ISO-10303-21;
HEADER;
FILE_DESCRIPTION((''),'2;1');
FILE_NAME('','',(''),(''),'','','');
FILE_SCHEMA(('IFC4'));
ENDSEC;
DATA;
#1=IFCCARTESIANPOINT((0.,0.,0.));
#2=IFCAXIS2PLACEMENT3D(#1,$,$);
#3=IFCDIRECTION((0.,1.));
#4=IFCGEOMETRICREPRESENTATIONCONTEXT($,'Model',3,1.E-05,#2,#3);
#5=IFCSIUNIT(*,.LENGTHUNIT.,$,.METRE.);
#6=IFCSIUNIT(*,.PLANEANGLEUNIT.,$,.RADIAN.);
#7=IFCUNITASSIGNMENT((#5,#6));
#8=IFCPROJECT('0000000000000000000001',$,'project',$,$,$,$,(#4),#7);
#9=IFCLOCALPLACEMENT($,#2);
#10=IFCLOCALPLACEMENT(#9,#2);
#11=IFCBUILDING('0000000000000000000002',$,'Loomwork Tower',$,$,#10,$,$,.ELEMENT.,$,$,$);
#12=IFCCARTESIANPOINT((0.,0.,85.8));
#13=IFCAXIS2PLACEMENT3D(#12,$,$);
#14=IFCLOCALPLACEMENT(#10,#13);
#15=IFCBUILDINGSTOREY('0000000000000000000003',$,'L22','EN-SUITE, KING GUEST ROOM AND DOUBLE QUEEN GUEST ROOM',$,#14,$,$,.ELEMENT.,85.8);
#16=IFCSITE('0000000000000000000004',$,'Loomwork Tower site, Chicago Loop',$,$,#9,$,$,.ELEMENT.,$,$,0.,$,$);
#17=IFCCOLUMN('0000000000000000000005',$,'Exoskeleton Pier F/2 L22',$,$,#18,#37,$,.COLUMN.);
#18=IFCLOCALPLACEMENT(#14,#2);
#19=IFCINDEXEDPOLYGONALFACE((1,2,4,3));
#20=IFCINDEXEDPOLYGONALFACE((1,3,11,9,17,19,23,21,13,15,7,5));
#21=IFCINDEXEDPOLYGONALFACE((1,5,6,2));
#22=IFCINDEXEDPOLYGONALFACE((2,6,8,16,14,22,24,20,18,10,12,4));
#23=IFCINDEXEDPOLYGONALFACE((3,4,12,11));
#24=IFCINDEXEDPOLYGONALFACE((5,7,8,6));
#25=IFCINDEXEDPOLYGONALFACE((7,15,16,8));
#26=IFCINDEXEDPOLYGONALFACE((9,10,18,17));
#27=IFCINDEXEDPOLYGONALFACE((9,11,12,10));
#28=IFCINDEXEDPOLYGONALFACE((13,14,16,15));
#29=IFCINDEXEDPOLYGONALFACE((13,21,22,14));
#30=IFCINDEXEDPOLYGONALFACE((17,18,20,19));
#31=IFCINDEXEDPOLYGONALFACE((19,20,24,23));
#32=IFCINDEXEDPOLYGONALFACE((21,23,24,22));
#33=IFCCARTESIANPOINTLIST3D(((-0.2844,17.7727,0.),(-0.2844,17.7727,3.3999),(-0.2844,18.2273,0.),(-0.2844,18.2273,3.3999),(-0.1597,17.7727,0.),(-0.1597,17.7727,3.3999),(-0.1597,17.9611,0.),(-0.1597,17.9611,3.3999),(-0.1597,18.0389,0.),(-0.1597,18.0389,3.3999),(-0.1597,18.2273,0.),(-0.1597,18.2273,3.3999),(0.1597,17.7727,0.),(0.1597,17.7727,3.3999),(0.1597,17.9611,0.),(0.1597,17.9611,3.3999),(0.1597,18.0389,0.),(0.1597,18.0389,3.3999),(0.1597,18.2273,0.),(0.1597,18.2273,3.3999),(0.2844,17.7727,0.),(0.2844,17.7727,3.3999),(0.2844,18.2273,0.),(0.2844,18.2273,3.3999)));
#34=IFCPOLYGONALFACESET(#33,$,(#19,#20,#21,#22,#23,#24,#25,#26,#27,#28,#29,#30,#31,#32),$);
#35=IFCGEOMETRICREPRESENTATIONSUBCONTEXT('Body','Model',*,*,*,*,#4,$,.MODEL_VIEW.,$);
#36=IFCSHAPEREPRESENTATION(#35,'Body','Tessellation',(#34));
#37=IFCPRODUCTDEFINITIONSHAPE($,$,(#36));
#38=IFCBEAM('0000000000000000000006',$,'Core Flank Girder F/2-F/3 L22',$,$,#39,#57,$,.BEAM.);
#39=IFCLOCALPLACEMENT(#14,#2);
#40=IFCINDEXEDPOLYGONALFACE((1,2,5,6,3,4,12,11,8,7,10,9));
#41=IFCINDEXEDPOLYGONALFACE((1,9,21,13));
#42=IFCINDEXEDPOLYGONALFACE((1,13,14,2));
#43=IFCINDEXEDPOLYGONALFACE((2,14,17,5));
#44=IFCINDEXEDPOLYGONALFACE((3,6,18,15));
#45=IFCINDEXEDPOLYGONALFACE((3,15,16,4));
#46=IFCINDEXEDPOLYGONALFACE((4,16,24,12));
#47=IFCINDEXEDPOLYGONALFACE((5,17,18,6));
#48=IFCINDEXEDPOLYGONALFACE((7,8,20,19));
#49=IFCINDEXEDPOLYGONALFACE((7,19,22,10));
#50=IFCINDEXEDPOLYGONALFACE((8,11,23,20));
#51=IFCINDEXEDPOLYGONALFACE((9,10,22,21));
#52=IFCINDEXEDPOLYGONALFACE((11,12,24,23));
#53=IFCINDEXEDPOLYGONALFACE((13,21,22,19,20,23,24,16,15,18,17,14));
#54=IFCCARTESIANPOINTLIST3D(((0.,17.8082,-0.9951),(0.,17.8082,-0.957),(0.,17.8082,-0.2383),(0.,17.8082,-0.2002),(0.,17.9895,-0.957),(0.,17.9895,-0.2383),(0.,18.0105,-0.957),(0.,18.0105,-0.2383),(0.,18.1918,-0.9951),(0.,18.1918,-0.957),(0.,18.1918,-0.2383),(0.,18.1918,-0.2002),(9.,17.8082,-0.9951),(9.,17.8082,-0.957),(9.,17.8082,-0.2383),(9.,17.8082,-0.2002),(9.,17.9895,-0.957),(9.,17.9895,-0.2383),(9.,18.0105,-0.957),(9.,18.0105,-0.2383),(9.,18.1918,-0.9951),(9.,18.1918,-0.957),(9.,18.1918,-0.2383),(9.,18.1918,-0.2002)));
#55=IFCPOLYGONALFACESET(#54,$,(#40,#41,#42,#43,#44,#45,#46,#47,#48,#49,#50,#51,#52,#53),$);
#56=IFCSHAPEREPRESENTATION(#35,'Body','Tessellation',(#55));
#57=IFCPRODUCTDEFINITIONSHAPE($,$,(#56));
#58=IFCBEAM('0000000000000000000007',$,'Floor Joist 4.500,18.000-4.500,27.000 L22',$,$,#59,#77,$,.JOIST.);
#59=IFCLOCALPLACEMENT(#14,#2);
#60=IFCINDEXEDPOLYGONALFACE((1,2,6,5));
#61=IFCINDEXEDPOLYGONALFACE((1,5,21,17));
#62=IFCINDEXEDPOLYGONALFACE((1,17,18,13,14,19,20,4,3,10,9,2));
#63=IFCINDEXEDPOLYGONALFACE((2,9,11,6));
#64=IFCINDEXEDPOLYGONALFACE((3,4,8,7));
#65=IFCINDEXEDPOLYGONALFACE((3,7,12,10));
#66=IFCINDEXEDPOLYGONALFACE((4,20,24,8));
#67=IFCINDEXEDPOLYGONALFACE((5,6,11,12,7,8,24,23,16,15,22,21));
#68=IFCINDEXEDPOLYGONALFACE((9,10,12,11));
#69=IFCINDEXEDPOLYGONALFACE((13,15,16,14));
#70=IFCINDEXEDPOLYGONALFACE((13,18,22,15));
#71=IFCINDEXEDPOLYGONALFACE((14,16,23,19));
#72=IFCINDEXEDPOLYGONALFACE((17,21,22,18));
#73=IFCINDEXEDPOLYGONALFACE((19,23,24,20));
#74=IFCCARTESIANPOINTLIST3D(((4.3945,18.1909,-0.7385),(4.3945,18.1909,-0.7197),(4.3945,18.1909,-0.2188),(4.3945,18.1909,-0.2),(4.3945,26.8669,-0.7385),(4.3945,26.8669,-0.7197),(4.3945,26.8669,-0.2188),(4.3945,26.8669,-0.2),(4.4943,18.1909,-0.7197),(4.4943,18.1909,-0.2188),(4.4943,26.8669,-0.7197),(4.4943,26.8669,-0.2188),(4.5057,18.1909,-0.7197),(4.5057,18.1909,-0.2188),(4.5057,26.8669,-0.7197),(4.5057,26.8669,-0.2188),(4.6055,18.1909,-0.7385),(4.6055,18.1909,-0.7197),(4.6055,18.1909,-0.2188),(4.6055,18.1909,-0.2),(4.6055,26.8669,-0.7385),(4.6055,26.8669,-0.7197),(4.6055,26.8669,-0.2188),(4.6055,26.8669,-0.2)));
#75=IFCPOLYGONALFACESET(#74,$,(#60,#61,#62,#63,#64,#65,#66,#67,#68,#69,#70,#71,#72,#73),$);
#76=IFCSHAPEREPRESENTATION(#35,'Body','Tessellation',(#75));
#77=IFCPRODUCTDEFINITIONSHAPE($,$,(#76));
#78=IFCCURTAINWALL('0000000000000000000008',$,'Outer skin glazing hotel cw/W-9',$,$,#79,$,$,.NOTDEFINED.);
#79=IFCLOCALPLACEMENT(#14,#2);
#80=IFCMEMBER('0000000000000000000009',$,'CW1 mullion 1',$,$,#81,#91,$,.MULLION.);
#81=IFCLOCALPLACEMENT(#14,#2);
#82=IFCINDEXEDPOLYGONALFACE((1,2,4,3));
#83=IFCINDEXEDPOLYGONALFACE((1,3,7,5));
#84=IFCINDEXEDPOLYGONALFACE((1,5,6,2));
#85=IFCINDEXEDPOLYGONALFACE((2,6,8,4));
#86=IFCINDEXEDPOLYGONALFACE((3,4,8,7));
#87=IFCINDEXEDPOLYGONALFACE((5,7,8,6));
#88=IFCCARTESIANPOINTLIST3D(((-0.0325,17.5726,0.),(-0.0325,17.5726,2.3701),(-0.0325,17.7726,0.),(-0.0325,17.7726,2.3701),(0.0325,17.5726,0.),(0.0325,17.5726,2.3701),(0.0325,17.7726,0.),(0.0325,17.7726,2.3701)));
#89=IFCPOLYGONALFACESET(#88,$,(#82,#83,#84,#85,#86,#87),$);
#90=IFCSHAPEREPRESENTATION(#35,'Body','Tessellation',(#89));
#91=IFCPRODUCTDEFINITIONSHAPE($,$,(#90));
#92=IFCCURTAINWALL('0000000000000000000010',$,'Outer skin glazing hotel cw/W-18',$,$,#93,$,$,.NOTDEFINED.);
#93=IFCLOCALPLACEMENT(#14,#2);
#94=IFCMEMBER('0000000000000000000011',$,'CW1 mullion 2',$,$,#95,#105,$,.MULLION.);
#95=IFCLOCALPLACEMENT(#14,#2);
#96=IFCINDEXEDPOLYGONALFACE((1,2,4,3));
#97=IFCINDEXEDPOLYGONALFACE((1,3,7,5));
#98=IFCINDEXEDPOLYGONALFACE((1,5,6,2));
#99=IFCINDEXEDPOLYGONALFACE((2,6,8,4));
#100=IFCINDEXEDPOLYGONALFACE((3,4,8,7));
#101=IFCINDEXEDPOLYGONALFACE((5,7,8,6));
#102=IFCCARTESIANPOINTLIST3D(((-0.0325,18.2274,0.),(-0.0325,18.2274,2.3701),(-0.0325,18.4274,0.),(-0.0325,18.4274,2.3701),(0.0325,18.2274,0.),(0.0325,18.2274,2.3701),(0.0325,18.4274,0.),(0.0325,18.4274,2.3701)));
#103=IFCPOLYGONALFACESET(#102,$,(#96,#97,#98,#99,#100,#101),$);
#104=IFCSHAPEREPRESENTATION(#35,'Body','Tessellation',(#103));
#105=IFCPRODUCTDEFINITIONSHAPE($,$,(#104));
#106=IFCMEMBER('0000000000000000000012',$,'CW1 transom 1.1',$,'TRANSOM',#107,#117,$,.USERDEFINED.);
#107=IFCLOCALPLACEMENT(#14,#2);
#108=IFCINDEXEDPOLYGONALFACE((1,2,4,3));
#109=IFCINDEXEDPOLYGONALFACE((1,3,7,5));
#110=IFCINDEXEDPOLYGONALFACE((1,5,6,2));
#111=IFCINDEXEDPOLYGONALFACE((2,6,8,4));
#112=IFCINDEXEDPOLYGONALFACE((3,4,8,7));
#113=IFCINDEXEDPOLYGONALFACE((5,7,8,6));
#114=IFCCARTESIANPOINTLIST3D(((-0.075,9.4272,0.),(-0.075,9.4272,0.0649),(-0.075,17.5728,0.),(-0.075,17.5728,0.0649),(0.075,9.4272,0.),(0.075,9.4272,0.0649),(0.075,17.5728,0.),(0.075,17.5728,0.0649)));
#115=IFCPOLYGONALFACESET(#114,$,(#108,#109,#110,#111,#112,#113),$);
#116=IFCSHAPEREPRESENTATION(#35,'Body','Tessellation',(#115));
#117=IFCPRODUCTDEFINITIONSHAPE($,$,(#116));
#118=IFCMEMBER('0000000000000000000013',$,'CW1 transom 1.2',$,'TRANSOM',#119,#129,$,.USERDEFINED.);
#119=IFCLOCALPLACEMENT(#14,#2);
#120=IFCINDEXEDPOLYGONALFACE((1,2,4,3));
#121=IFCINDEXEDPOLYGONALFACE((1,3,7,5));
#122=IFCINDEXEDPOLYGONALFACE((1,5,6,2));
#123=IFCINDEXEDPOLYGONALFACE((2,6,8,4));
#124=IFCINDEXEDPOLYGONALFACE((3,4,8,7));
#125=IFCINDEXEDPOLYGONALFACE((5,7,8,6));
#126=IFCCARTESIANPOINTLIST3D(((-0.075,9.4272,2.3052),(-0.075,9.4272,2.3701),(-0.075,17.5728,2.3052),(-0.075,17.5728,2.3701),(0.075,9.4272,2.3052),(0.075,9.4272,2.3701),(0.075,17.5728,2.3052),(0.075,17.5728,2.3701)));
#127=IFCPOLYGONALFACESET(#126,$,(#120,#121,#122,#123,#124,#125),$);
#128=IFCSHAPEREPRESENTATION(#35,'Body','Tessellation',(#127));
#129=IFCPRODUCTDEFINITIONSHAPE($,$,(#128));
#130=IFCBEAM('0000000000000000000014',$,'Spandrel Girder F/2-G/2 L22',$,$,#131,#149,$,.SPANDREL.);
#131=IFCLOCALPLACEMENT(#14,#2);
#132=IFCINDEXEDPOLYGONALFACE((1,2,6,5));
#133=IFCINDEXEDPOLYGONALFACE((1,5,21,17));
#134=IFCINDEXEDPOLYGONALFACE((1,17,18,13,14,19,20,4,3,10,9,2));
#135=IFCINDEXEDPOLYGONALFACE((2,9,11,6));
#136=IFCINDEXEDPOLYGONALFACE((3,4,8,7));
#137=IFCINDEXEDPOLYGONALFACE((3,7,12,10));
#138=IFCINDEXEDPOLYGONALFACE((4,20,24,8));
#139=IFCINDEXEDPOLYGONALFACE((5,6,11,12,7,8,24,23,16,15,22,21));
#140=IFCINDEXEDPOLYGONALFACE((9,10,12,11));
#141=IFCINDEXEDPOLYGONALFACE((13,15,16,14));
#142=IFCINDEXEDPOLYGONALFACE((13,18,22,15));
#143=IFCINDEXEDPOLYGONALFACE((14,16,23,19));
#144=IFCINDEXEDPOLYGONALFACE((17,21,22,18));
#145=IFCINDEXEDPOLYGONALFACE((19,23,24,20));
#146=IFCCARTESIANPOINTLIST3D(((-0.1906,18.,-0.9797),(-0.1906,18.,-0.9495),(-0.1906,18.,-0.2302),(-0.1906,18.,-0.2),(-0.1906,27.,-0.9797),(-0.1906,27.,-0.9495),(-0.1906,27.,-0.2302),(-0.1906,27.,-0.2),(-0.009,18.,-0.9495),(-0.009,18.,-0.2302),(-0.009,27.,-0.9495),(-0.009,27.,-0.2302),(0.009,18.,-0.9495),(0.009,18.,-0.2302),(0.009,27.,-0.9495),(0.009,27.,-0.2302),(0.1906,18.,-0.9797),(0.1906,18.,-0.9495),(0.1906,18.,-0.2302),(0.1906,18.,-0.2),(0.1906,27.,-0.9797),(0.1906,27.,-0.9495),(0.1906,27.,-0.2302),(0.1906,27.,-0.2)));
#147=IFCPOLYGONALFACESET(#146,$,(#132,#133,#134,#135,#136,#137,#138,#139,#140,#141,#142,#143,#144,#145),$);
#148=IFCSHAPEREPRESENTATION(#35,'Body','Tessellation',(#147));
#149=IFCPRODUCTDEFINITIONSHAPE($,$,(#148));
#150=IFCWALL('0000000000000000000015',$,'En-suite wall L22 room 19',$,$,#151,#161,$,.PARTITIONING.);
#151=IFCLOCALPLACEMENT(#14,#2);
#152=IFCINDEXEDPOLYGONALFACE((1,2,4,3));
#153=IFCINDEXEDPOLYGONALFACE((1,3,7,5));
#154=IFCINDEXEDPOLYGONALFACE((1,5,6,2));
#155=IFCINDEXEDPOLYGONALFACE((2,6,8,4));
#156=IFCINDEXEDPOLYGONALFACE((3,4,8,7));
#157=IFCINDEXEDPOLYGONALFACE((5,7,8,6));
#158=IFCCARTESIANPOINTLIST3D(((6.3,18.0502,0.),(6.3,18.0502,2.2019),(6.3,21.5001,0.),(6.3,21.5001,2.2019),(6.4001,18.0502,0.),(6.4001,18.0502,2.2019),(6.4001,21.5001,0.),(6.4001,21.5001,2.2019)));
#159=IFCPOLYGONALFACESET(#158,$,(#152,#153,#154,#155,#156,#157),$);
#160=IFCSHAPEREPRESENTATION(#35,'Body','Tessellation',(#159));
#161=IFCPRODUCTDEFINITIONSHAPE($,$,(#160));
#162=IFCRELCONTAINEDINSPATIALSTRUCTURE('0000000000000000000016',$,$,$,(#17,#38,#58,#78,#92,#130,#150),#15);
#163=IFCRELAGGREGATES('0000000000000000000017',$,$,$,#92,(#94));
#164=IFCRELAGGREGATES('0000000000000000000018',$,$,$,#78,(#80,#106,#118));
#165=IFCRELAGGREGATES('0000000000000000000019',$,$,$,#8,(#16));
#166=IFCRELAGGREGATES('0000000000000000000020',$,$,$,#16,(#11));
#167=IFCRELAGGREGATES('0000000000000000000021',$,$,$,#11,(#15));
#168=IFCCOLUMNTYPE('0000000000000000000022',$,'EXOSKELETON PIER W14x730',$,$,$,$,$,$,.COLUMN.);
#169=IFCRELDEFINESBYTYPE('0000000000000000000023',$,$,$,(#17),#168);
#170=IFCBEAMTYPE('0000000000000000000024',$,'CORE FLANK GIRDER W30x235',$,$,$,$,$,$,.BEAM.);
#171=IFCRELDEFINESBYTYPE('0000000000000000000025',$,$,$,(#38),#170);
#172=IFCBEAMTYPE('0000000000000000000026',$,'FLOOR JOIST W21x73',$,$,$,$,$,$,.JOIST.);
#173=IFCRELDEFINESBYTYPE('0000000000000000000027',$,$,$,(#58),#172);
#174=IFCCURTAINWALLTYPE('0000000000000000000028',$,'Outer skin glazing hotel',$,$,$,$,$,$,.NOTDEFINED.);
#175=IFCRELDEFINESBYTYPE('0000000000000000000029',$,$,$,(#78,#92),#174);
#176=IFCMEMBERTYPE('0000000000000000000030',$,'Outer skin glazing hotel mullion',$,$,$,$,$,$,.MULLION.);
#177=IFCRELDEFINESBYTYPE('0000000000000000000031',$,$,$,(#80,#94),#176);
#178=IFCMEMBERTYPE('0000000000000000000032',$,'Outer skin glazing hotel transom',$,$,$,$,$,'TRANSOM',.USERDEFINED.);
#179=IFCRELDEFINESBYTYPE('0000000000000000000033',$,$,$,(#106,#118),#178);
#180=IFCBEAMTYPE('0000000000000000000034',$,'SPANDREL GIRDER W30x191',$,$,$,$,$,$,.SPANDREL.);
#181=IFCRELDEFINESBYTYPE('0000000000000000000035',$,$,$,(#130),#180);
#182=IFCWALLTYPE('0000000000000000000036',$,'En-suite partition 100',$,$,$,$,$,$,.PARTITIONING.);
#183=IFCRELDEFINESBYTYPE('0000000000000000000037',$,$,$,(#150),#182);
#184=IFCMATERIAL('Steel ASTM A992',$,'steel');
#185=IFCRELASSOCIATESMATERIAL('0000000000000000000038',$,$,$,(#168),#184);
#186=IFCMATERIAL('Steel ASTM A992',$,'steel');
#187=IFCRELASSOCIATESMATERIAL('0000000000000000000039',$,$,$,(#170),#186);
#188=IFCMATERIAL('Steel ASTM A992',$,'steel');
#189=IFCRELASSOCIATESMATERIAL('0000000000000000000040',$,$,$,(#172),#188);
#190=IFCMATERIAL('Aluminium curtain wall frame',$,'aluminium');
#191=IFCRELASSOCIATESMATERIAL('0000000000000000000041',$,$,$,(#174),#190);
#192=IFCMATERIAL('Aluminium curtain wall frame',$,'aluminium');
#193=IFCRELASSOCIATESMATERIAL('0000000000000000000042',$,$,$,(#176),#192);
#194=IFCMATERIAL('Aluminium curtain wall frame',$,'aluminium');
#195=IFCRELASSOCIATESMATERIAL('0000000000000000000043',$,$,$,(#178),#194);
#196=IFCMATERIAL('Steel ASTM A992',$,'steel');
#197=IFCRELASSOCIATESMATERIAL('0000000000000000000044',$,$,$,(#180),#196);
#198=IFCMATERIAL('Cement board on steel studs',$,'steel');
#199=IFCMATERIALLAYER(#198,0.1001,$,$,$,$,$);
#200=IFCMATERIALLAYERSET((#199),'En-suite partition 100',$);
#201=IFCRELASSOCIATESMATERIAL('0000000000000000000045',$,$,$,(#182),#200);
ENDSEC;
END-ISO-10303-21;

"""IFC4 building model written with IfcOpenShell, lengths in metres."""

from ifc_helpers import new_model, si_unit, direction, frame, frame_2d, origin, origin_2d, place, context, subcontext, project, spatial, rectangle, i_section, extrude, material, layer, layer_set, material_profile, profile_set, type_object, element, aggregate, save


model = new_model("IFC4")

# Units and contexts
model_context = context("Model", 3, precision=1e-05, world=origin(), true_north=direction((0.0, 1.0)))
body_context = subcontext(model_context, "Body", "Model", "MODEL_VIEW")
ifc_project = project(units=[si_unit("LENGTHUNIT", "METRE"), si_unit("PLANEANGLEUNIT", "RADIAN")], contexts=[model_context])

# Site, building, storey
site_placement = place(None, origin())
site = spatial("IfcSite", under=ifc_project, at=site_placement, Name="Loomwork Tower site, Chicago Loop", CompositionType="ELEMENT", RefElevation=0.0)
building_placement = place(site_placement, origin())
building = spatial("IfcBuilding", under=site, at=building_placement, Name="Loomwork Tower", CompositionType="ELEMENT")
storey_placement = place(building_placement, frame((0.0, 0.0, 85.8)))
storey = spatial("IfcBuildingStorey", under=building, at=storey_placement, Name="L22", Description="EN-SUITE, KING GUEST ROOM AND DOUBLE QUEEN GUEST ROOM", CompositionType="ELEMENT", Elevation=85.8)

# Column
ifc_material_1 = material(Name="Steel ASTM A992", Category="steel")
ifc_material_profile_1 = material_profile(ifc_material_1, i_section(OverallWidth=0.4546, OverallDepth=0.5688, WebThickness=0.0779, FlangeThickness=0.1248, at=origin_2d()), Name="W14x730")
ifc_profile_set_1 = profile_set([ifc_material_profile_1], Name="Steel ASTM A992")
column_type = type_object("IfcColumnType", Name="EXOSKELETON PIER W14x730", PredefinedType="COLUMN", material=ifc_profile_set_1)
column_placement = place(storey_placement, frame((0.0, 18.0, 0.0), z_axis=(0.0, 0.0, 1.0), x_axis=(0.0, 1.0, 0.0)))
element("IfcColumn", 1, at=column_placement, inside=storey, type_object=column_type, Name="Exoskeleton Pier F/2 L22", PredefinedType="COLUMN", context=body_context, shape_type="SweptSolid", body=[
    extrude(i_section(OverallWidth=0.4546, OverallDepth=0.5688, WebThickness=0.0779, FlangeThickness=0.1248, at=origin_2d()), origin(), (0.0, 0.0, 1.0), 3.3999),
])

# Beams
ifc_material_2 = material(Name="Steel ASTM A992", Category="steel")
ifc_material_profile_2 = material_profile(ifc_material_2, i_section(OverallWidth=0.3835, OverallDepth=0.7949, WebThickness=0.021, FlangeThickness=0.0381, at=origin_2d()), Name="W30x235")
ifc_profile_set_2 = profile_set([ifc_material_profile_2], Name="Steel ASTM A992")
beam_type_1 = type_object("IfcBeamType", Name="CORE FLANK GIRDER W30x235", PredefinedType="BEAM", material=ifc_profile_set_2)
beam_1_placement = place(storey_placement, frame((0.0, 18.0, -0.5977), z_axis=(1.0, 0.0, 0.0), x_axis=(0.0, 1.0, 0.0)))
element("IfcBeam", 2, at=beam_1_placement, inside=storey, type_object=beam_type_1, Name="Core Flank Girder F/2-F/3 L22", PredefinedType="BEAM", context=body_context, shape_type="SweptSolid", body=[
    extrude(i_section(OverallWidth=0.3835, OverallDepth=0.7949, WebThickness=0.021, FlangeThickness=0.0381, at=origin_2d()), origin(), (0.0, 0.0, 1.0), 9.0),
])
ifc_material_3 = material(Name="Steel ASTM A992", Category="steel")
ifc_material_profile_3 = material_profile(ifc_material_3, i_section(OverallWidth=0.2109, OverallDepth=0.5386, WebThickness=0.0115, FlangeThickness=0.0188, at=origin_2d()), Name="W21x73")
ifc_profile_set_3 = profile_set([ifc_material_profile_3], Name="Steel ASTM A992")
beam_type_2 = type_object("IfcBeamType", Name="FLOOR JOIST W21x73", PredefinedType="JOIST", material=ifc_profile_set_3)
beam_2_placement = place(storey_placement, frame((4.5, 18.1909, -0.4692), z_axis=(0.0, 1.0, 0.0), x_axis=(-1.0, 0.0, 0.0)))
element("IfcBeam", 3, at=beam_2_placement, inside=storey, type_object=beam_type_2, Name="Floor Joist 4.500,18.000-4.500,27.000 L22", PredefinedType="JOIST", context=body_context, shape_type="SweptSolid", body=[
    extrude(i_section(OverallWidth=0.2109, OverallDepth=0.5386, WebThickness=0.0115, FlangeThickness=0.0188, at=origin_2d()), origin(), (0.0, 0.0, 1.0), 8.676),
])

# Curtain walls, members
ifc_material_4 = material(Name="Aluminium curtain wall frame", Category="aluminium")
curtain_wall_type = type_object("IfcCurtainWallType", Name="Outer skin glazing hotel", PredefinedType="NOTDEFINED", material=ifc_material_4)
curtain_wall_1_placement = place(storey_placement, origin())
curtain_wall_1 = element("IfcCurtainWall", 4, at=curtain_wall_1_placement, inside=storey, type_object=curtain_wall_type, Name="Outer skin glazing hotel cw/W-9", PredefinedType="NOTDEFINED")
ifc_material_5 = material(Name="Aluminium curtain wall frame", Category="aluminium")
ifc_material_profile_4 = material_profile(ifc_material_5, rectangle(XDim=0.0649, YDim=0.2, at=origin_2d()), Name="AL 65x200")
ifc_profile_set_4 = profile_set([ifc_material_profile_4], Name="Aluminium curtain wall frame")
member_type_1 = type_object("IfcMemberType", Name="Outer skin glazing hotel mullion", PredefinedType="MULLION", material=ifc_profile_set_4)
member_1_placement = place(storey_placement, frame((0.0, 17.6726, 0.0), z_axis=(0.0, 0.0, 1.0), x_axis=(1.0, 0.0, 0.0)))
member_1 = element("IfcMember", 5, at=member_1_placement, type_object=member_type_1, Name="CW1 mullion 1", PredefinedType="MULLION", context=body_context, shape_type="SweptSolid", body=[
    extrude(rectangle(XDim=0.0649, YDim=0.2, at=origin_2d()), origin(), (0.0, 0.0, 1.0), 2.3701),
])
curtain_wall_2_placement = place(storey_placement, origin())
curtain_wall_2 = element("IfcCurtainWall", 6, at=curtain_wall_2_placement, inside=storey, type_object=curtain_wall_type, Name="Outer skin glazing hotel cw/W-18", PredefinedType="NOTDEFINED")
member_2_placement = place(storey_placement, frame((0.0, 18.3274, 0.0), z_axis=(0.0, 0.0, 1.0), x_axis=(1.0, 0.0, 0.0)))
member_2 = element("IfcMember", 7, at=member_2_placement, type_object=member_type_1, Name="CW1 mullion 2", PredefinedType="MULLION", context=body_context, shape_type="SweptSolid", body=[
    extrude(rectangle(XDim=0.0649, YDim=0.2, at=origin_2d()), origin(), (0.0, 0.0, 1.0), 2.3701),
])
aggregate(curtain_wall_2, [member_2])

# Members
ifc_material_6 = material(Name="Aluminium curtain wall frame", Category="aluminium")
ifc_material_profile_5 = material_profile(ifc_material_6, rectangle(XDim=0.1499, YDim=0.0649, at=origin_2d()), Name="AL 65x150")
ifc_profile_set_5 = profile_set([ifc_material_profile_5], Name="Aluminium curtain wall frame")
member_type_2 = type_object("IfcMemberType", Name="Outer skin glazing hotel transom", ElementType="TRANSOM", PredefinedType="USERDEFINED", material=ifc_profile_set_5)
member_3_placement = place(storey_placement, frame((0.0, 17.5728, 0.0325), z_axis=(0.0, -1.0, 0.0), x_axis=(1.0, 0.0, 0.0)))
member_3 = element("IfcMember", 8, at=member_3_placement, type_object=member_type_2, Name="CW1 transom 1.1", ObjectType="TRANSOM", PredefinedType="USERDEFINED", context=body_context, shape_type="SweptSolid", body=[
    extrude(rectangle(XDim=0.1499, YDim=0.0649, at=origin_2d()), origin(), (0.0, 0.0, 1.0), 8.1455),
])
member_4_placement = place(storey_placement, frame((0.0, 17.5728, 2.3376), z_axis=(0.0, -1.0, 0.0), x_axis=(1.0, 0.0, 0.0)))
member_4 = element("IfcMember", 9, at=member_4_placement, type_object=member_type_2, Name="CW1 transom 1.2", ObjectType="TRANSOM", PredefinedType="USERDEFINED", context=body_context, shape_type="SweptSolid", body=[
    extrude(rectangle(XDim=0.1499, YDim=0.0649, at=origin_2d()), origin(), (0.0, 0.0, 1.0), 8.1455),
])
aggregate(curtain_wall_1, [member_1, member_3, member_4])

# Beam
ifc_material_7 = material(Name="Steel ASTM A992", Category="steel")
ifc_material_profile_6 = material_profile(ifc_material_7, i_section(OverallWidth=0.3811, OverallDepth=0.7798, WebThickness=0.0181, FlangeThickness=0.0303, at=origin_2d()), Name="W30x191")
ifc_profile_set_6 = profile_set([ifc_material_profile_6], Name="Steel ASTM A992")
beam_type_3 = type_object("IfcBeamType", Name="SPANDREL GIRDER W30x191", PredefinedType="SPANDREL", material=ifc_profile_set_6)
beam_3_placement = place(storey_placement, frame((0.0, 18.0, -0.5898), z_axis=(0.0, 1.0, 0.0), x_axis=(-1.0, 0.0, 0.0)))
element("IfcBeam", 10, at=beam_3_placement, inside=storey, type_object=beam_type_3, Name="Spandrel Girder F/2-G/2 L22", PredefinedType="SPANDREL", context=body_context, shape_type="SweptSolid", body=[
    extrude(i_section(OverallWidth=0.3811, OverallDepth=0.7798, WebThickness=0.0181, FlangeThickness=0.0303, at=origin_2d()), origin(), (0.0, 0.0, 1.0), 9.0),
])

# Wall
ifc_material_8 = material(Name="Cement board on steel studs", Category="steel")
ifc_layer_1 = layer(ifc_material_8, 0.1001)
ifc_layer_set_1 = layer_set([ifc_layer_1], Name="En-suite partition 100")
wall_type_1 = type_object("IfcWallType", Name="En-suite partition 100", PredefinedType="PARTITIONING", material=ifc_layer_set_1)
wall_1_placement = place(storey_placement, frame((6.3501, 18.05, 0.0), z_axis=(0.0, 0.0, 1.0), x_axis=(0.0, 1.0, 0.0)))
element("IfcWall", 11, at=wall_1_placement, inside=storey, type_object=wall_type_1, Name="En-suite wall L22 room 19", PredefinedType="PARTITIONING", context=body_context, shape_type="SweptSolid", body=[
    extrude(rectangle(XDim=3.45, YDim=0.1001, at=frame_2d((1.7251, 0.0))), origin(), (0.0, 0.0, 1.0), 2.2019),
])

save(model, "model.ifc")
